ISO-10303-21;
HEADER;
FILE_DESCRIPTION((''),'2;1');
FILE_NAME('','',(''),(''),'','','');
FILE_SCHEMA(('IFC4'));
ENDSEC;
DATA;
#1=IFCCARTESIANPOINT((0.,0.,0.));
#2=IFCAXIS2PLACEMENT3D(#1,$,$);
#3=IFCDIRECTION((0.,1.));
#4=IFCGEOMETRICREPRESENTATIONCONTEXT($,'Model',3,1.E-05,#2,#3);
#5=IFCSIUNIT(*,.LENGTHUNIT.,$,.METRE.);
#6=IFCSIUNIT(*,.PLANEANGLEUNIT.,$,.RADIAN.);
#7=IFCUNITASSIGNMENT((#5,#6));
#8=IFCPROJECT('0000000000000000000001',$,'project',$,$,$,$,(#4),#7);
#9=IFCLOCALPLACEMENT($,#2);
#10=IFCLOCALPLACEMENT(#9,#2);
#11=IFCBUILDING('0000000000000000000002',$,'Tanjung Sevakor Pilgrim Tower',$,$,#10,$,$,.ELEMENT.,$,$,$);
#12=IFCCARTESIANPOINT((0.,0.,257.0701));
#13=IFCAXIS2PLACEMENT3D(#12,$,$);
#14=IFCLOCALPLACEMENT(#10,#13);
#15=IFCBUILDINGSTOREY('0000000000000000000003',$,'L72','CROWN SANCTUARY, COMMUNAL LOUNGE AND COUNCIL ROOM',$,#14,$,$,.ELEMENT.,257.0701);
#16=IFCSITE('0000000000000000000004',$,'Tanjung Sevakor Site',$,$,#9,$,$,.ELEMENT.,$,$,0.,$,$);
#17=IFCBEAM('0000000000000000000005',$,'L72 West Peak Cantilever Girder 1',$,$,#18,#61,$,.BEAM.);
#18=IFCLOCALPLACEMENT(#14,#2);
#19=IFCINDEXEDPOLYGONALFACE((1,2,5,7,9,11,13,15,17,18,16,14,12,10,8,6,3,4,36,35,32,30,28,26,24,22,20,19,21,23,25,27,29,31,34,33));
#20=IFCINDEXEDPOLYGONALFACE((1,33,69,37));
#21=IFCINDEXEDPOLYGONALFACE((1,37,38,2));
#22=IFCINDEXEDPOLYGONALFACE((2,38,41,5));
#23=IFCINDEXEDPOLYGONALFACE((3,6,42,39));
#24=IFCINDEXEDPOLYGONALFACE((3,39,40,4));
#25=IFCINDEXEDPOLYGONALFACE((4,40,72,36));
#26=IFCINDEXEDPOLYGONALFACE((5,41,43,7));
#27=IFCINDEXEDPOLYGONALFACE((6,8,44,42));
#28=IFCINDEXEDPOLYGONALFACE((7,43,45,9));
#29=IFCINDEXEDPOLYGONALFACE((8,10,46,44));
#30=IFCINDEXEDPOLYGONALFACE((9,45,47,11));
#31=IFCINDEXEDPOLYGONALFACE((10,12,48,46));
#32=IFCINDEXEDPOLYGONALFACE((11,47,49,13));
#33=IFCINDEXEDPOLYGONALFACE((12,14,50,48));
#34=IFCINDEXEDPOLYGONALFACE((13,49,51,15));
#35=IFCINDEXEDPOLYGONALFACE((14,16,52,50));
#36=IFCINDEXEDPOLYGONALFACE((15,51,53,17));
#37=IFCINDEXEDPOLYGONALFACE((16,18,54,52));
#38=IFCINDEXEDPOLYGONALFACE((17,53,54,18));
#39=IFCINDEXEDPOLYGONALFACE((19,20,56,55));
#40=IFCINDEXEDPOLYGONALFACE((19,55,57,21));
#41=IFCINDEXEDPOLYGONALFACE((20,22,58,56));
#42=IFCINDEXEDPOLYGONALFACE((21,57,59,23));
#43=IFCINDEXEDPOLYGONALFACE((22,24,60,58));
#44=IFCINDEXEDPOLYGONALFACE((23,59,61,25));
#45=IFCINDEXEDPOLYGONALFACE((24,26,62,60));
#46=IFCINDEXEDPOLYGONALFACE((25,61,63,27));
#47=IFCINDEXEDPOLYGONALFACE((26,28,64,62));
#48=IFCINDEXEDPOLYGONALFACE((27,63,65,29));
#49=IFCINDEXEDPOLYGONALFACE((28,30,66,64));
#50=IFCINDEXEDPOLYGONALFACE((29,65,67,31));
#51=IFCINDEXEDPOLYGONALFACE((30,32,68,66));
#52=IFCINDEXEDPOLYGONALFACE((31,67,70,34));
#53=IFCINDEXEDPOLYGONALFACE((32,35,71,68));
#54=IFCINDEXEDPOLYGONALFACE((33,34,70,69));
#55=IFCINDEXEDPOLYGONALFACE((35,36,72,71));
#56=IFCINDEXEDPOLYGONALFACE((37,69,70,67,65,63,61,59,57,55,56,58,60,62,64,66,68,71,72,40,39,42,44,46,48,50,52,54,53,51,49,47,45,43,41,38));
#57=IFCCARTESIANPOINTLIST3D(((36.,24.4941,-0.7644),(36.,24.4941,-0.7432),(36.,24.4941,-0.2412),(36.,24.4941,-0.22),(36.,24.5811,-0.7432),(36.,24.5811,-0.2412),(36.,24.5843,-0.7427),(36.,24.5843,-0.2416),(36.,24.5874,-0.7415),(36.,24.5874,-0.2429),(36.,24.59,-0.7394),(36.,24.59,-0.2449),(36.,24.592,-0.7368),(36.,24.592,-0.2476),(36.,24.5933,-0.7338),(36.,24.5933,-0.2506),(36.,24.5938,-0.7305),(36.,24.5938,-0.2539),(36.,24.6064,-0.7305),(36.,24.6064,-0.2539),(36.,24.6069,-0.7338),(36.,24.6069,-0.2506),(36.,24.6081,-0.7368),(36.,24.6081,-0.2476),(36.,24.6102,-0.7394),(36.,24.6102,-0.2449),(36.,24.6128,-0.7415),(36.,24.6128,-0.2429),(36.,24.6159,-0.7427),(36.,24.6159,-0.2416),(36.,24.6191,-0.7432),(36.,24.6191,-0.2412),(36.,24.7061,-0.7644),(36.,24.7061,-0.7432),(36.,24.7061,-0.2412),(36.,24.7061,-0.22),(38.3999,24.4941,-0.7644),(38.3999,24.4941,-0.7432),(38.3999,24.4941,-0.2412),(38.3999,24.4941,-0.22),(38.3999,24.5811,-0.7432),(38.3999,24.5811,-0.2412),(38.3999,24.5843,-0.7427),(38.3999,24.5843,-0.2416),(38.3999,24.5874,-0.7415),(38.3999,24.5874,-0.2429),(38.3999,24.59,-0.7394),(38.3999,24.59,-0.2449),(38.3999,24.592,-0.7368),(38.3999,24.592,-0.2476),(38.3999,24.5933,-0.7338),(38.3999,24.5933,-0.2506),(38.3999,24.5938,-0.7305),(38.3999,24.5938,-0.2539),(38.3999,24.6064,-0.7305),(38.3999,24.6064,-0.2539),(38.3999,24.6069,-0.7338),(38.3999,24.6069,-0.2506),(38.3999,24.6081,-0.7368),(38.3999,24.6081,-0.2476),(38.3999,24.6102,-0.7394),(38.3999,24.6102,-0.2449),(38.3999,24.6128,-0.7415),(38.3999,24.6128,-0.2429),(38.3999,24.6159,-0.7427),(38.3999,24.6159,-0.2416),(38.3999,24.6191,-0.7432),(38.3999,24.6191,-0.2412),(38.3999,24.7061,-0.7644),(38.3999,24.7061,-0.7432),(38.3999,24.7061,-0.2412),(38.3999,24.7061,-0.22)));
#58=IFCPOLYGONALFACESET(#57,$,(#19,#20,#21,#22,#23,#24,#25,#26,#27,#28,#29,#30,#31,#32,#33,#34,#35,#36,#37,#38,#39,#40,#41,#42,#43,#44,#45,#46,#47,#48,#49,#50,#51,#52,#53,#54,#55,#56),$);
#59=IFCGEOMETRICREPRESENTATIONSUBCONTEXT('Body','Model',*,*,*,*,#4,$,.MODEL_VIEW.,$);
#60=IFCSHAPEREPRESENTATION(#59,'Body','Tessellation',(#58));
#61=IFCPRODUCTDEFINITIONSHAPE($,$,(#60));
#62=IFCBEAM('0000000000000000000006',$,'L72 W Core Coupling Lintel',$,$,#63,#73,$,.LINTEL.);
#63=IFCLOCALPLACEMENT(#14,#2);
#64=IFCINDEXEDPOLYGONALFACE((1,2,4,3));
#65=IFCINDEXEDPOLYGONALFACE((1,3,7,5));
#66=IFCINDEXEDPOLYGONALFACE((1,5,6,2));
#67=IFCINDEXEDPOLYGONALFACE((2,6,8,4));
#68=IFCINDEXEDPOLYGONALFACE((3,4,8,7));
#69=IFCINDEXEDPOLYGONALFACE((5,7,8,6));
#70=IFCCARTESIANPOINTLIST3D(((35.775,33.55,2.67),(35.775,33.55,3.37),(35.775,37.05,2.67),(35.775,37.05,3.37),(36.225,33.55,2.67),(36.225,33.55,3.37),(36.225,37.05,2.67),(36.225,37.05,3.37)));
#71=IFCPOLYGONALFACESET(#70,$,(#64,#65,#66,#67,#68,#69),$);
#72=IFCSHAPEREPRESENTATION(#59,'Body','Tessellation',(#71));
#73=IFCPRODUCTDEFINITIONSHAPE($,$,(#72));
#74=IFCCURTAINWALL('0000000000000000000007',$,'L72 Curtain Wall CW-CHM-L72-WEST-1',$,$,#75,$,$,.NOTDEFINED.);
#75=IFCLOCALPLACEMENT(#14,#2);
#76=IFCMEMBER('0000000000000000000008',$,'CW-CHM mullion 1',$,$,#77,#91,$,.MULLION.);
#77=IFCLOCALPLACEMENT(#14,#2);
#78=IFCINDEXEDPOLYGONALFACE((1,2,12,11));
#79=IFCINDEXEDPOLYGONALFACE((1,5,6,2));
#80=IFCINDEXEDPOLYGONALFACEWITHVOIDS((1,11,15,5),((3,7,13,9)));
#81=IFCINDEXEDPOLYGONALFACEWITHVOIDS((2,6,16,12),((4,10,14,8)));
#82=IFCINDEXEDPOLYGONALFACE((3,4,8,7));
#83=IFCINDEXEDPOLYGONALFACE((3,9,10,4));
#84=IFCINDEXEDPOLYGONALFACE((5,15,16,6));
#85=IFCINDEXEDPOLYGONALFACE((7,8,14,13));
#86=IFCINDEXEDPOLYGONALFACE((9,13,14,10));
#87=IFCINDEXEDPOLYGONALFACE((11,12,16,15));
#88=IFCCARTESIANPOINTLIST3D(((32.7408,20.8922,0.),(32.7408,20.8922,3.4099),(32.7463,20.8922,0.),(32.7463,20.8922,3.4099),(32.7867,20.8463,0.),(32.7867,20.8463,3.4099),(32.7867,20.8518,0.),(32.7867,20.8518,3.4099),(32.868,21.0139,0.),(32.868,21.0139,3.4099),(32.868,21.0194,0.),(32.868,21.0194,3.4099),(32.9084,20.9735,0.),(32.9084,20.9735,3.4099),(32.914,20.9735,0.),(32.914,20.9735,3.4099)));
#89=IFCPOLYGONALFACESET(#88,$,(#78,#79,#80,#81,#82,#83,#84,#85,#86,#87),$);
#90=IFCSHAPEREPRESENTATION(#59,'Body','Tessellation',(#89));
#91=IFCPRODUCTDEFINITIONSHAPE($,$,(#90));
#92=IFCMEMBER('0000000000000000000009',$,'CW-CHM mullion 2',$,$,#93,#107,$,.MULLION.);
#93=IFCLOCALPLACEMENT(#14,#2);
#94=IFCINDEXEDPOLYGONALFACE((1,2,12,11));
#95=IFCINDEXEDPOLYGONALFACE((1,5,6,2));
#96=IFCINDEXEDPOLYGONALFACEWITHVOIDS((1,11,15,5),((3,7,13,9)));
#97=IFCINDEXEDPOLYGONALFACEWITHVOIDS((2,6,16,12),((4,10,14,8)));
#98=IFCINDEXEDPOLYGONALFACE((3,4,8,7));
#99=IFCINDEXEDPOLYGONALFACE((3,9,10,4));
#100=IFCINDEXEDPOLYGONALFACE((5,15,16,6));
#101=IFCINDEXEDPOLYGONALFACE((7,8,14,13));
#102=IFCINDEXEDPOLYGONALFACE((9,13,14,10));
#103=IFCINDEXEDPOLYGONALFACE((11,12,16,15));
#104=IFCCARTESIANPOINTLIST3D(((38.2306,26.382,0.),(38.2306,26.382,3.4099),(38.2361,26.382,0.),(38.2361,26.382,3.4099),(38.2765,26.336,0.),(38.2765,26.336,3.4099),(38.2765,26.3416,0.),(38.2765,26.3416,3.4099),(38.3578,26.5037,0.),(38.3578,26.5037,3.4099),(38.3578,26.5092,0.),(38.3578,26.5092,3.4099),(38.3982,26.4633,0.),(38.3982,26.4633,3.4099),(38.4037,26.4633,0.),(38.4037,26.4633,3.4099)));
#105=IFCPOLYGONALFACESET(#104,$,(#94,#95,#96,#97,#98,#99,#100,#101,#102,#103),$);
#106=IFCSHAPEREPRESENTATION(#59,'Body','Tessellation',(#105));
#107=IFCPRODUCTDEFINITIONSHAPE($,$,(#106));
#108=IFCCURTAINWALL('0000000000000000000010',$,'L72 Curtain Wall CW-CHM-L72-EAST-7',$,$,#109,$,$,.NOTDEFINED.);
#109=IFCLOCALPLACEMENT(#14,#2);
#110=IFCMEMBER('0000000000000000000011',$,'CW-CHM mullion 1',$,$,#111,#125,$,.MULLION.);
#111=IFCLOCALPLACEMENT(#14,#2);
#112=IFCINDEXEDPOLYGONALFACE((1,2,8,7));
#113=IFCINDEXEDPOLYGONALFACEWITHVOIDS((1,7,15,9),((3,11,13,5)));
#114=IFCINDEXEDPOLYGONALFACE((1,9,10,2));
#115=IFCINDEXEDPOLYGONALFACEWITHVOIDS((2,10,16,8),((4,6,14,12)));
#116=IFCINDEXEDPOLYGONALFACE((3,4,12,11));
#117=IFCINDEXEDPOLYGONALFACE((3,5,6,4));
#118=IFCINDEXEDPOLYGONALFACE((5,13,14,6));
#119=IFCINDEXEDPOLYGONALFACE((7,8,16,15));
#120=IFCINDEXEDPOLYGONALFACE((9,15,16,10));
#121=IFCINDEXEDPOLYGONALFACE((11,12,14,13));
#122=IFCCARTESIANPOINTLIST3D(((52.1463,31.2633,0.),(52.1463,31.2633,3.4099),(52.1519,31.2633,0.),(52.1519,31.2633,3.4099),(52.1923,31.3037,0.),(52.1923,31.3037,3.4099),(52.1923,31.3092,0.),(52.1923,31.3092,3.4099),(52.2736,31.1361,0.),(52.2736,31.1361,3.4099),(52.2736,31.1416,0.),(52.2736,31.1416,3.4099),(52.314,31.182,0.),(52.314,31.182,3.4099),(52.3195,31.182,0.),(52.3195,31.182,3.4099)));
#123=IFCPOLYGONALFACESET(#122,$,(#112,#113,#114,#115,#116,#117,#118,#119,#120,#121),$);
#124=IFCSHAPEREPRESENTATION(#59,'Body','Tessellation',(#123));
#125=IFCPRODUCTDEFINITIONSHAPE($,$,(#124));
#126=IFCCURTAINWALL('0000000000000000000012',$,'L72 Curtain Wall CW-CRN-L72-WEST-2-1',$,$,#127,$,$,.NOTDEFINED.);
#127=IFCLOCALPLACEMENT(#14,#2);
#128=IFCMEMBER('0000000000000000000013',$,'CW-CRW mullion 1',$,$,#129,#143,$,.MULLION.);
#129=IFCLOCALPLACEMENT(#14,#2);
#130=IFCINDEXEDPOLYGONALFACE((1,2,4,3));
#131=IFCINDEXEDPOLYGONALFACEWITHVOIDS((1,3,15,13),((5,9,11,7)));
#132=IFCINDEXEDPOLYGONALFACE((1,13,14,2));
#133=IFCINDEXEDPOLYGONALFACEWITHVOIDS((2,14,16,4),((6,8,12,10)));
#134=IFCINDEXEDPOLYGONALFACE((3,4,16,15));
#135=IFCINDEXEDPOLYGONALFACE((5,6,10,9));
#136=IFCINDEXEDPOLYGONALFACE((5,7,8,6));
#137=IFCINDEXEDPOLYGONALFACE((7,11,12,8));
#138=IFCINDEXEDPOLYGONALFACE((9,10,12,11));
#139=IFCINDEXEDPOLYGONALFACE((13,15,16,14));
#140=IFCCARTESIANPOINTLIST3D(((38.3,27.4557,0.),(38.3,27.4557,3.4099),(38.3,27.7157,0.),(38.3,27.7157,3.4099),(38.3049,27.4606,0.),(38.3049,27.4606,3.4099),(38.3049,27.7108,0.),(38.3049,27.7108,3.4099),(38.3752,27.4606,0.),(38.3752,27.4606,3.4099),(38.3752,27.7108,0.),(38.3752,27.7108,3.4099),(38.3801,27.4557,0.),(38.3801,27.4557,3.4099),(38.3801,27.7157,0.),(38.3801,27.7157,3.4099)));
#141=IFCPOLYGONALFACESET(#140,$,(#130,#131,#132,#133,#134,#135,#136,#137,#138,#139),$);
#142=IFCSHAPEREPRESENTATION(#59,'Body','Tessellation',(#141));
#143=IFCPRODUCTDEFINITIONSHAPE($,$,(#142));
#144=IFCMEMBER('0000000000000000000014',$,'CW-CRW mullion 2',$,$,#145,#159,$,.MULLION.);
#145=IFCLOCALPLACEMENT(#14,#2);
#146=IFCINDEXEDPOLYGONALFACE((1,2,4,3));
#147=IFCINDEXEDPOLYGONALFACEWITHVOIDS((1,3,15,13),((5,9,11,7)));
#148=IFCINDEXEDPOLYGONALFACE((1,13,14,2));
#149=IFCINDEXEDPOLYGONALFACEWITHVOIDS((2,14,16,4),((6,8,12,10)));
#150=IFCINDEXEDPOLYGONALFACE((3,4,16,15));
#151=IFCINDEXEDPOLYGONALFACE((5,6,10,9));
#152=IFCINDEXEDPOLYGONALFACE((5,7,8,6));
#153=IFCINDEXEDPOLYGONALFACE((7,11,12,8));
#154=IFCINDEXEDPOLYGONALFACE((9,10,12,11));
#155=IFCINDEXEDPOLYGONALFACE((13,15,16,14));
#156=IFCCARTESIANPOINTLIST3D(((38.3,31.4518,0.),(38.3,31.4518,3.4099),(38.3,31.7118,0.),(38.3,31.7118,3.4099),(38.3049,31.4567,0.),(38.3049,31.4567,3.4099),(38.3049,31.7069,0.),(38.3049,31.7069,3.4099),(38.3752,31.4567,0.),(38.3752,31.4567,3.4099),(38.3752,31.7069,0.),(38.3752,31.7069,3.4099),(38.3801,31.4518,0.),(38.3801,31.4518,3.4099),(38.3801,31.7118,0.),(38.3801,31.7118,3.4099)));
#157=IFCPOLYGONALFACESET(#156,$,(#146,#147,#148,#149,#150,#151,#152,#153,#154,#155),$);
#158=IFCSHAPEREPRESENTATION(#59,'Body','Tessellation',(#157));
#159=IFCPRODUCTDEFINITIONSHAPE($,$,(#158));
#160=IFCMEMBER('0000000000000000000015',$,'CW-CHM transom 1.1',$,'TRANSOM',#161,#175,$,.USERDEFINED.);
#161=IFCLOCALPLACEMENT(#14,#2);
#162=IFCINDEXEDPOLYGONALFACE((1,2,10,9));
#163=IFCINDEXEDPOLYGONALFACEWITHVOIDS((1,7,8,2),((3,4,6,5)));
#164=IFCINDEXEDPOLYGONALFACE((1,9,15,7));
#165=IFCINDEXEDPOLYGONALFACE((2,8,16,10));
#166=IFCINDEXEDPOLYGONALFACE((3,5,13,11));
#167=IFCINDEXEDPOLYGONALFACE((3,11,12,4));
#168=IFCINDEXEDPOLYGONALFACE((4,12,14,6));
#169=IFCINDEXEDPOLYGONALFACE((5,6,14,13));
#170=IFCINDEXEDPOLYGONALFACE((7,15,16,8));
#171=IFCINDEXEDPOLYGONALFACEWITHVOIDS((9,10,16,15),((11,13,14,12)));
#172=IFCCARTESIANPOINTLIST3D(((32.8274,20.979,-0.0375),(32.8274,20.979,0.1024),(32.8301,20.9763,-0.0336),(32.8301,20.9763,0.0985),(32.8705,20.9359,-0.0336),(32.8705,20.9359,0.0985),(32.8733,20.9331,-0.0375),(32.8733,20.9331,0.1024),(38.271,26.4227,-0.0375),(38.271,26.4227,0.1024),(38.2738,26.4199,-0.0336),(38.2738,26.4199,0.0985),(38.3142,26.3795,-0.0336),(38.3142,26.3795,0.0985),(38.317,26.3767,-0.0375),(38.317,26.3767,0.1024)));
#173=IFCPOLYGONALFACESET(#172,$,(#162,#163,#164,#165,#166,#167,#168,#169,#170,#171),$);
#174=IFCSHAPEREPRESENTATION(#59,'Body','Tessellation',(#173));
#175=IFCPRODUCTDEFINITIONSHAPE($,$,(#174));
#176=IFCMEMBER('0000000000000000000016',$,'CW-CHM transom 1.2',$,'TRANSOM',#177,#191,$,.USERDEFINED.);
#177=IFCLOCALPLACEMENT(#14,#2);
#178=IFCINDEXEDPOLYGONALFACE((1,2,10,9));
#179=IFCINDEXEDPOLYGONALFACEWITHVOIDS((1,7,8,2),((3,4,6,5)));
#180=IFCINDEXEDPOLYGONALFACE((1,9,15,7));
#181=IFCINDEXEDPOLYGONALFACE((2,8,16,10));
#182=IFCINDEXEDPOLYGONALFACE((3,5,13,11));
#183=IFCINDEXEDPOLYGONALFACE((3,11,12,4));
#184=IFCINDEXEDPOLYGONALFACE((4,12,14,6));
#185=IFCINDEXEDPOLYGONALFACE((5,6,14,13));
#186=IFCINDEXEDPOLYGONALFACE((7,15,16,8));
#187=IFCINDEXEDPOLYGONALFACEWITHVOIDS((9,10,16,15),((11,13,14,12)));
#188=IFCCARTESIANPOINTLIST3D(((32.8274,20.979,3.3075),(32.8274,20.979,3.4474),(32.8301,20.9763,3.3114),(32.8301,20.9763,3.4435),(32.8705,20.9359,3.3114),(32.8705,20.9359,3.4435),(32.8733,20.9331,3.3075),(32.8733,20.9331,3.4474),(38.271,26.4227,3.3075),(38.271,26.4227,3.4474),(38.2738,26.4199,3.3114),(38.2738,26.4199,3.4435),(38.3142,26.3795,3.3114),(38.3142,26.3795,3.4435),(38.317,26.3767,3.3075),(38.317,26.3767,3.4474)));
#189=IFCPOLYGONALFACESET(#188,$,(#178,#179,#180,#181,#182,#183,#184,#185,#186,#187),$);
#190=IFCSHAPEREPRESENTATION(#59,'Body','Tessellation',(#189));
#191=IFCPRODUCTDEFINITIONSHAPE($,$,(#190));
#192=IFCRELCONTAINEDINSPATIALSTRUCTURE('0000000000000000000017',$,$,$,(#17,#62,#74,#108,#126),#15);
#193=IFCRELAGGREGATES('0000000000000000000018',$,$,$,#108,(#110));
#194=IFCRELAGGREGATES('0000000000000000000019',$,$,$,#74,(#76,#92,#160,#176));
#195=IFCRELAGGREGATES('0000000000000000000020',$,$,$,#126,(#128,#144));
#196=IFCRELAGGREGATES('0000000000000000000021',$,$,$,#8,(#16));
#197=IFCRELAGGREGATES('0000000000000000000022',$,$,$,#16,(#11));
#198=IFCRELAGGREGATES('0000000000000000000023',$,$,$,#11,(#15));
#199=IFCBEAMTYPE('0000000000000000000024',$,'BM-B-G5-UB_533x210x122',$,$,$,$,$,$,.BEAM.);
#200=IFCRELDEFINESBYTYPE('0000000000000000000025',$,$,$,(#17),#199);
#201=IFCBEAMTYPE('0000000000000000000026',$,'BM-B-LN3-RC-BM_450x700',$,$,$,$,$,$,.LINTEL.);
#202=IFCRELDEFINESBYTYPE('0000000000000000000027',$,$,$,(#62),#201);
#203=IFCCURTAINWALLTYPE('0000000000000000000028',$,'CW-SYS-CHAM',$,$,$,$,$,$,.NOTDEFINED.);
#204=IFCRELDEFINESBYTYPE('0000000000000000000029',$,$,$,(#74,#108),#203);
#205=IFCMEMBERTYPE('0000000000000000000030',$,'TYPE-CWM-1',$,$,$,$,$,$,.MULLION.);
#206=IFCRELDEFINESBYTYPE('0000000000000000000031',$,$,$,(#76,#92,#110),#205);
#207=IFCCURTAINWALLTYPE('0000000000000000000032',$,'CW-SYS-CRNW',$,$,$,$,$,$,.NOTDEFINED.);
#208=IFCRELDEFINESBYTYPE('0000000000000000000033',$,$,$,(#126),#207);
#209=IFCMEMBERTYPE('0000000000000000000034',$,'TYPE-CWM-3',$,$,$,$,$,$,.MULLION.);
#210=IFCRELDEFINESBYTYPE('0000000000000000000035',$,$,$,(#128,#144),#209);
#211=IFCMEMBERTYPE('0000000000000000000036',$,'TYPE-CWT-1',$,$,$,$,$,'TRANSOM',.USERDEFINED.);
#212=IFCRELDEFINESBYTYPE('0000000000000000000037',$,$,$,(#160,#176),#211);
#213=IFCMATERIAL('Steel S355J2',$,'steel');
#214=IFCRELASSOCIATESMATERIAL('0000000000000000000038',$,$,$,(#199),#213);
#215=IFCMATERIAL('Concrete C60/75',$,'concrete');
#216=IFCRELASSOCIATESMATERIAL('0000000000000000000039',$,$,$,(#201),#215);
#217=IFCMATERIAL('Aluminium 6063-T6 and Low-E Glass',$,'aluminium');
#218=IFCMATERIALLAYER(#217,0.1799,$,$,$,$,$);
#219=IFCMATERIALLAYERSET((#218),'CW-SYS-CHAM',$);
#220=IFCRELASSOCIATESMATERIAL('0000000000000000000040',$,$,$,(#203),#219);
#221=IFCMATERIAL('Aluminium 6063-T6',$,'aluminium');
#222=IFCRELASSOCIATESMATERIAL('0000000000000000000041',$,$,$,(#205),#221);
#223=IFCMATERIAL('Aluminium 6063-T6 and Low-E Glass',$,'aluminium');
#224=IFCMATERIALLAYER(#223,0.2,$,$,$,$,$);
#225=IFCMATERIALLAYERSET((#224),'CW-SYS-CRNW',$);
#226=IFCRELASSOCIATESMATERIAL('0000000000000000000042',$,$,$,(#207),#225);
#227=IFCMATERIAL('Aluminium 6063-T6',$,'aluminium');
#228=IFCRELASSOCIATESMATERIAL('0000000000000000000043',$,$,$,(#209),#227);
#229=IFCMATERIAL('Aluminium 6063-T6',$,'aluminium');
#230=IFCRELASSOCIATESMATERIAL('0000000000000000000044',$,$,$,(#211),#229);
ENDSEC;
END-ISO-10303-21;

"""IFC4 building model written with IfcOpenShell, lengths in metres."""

from ifc_helpers import new_model, si_unit, direction, frame, origin, origin_2d, place, context, subcontext, project, spatial, rectangle, hollow_rectangle, i_section, extrude, material, layer, layer_set, material_profile, profile_set, type_object, element, aggregate, save


model = new_model("IFC4")

# Units and contexts
model_context = context("Model", 3, precision=1e-05, world=origin(), true_north=direction((0.0, 1.0)))
body_context = subcontext(model_context, "Body", "Model", "MODEL_VIEW")
ifc_project = project(units=[si_unit("LENGTHUNIT", "METRE"), si_unit("PLANEANGLEUNIT", "RADIAN")], contexts=[model_context])

# Site, building, storey
site_placement = place(None, origin())
site = spatial("IfcSite", under=ifc_project, at=site_placement, Name="Tanjung Sevakor Site", CompositionType="ELEMENT", RefElevation=0.0)
building_placement = place(site_placement, origin())
building = spatial("IfcBuilding", under=site, at=building_placement, Name="Tanjung Sevakor Pilgrim Tower", CompositionType="ELEMENT")
storey_placement = place(building_placement, frame((0.0, 0.0, 257.0701)))
storey = spatial("IfcBuildingStorey", under=building, at=storey_placement, Name="L72", Description="CROWN SANCTUARY, COMMUNAL LOUNGE AND COUNCIL ROOM", CompositionType="ELEMENT", Elevation=257.0701)

# Beams
ifc_material_1 = material(Name="Steel S355J2", Category="steel")
ifc_material_profile_1 = material_profile(ifc_material_1, i_section(OverallWidth=0.2119, OverallDepth=0.5444, WebThickness=0.0127, FlangeThickness=0.0212, FilletRadius=0.0127, at=origin_2d()))
ifc_profile_set_1 = profile_set([ifc_material_profile_1], Name="Steel S355J2")
beam_type_1 = type_object("IfcBeamType", Name="BM-B-G5-UB_533x210x122", PredefinedType="BEAM", material=ifc_profile_set_1)
beam_1_placement = place(storey_placement, frame((36.0, 24.6001, -0.4922), z_axis=(1.0, 0.0, 0.0), x_axis=(0.0, 1.0, 0.0)))
element("IfcBeam", 1, at=beam_1_placement, inside=storey, type_object=beam_type_1, Name="L72 West Peak Cantilever Girder 1", PredefinedType="BEAM", context=body_context, shape_type="SweptSolid", body=[
    extrude(i_section(OverallWidth=0.2119, OverallDepth=0.5444, WebThickness=0.0127, FlangeThickness=0.0212, FilletRadius=0.0127, at=origin_2d()), origin(), (0.0, 0.0, 1.0), 2.3999),
])
ifc_material_2 = material(Name="Concrete C60/75", Category="concrete")
ifc_material_profile_2 = material_profile(ifc_material_2, rectangle(XDim=0.45, YDim=0.7, at=origin_2d()))
ifc_profile_set_2 = profile_set([ifc_material_profile_2], Name="Concrete C60/75")
beam_type_2 = type_object("IfcBeamType", Name="BM-B-LN3-RC-BM_450x700", PredefinedType="LINTEL", material=ifc_profile_set_2)
beam_2_placement = place(storey_placement, frame((36.0, 33.55, 3.02), z_axis=(0.0, 1.0, 0.0), x_axis=(-1.0, 0.0, 0.0)))
element("IfcBeam", 2, at=beam_2_placement, inside=storey, type_object=beam_type_2, Name="L72 W Core Coupling Lintel", PredefinedType="LINTEL", context=body_context, shape_type="SweptSolid", body=[
    extrude(rectangle(XDim=0.45, YDim=0.7, at=origin_2d()), origin(), (0.0, 0.0, 1.0), 3.5),
])

# Curtain wall, members
ifc_material_3 = material(Name="Aluminium 6063-T6 and Low-E Glass", Category="aluminium")
ifc_layer_1 = layer(ifc_material_3, 0.1799)
ifc_layer_set_1 = layer_set([ifc_layer_1], Name="CW-SYS-CHAM")
curtain_wall_type_1 = type_object("IfcCurtainWallType", Name="CW-SYS-CHAM", PredefinedType="NOTDEFINED", material=ifc_layer_set_1)
curtain_wall_1_placement = place(storey_placement, origin())
curtain_wall_1 = element("IfcCurtainWall", 3, at=curtain_wall_1_placement, inside=storey, type_object=curtain_wall_type_1, Name="L72 Curtain Wall CW-CHM-L72-WEST-1", PredefinedType="NOTDEFINED")
ifc_material_4 = material(Name="Aluminium 6063-T6", Category="aluminium")
ifc_material_profile_3 = material_profile(ifc_material_4, hollow_rectangle(XDim=0.0649, YDim=0.1799, WallThickness=0.0039, at=origin_2d()))
ifc_profile_set_3 = profile_set([ifc_material_profile_3], Name="Aluminium 6063-T6")
member_type_1 = type_object("IfcMemberType", Name="TYPE-CWM-1", PredefinedType="MULLION", material=ifc_profile_set_3)
member_1_placement = place(storey_placement, frame((32.8274, 20.9329, 0.0), z_axis=(0.0, 0.0, 1.0), x_axis=(-0.707107, 0.707107, 0.0)))
member_1 = element("IfcMember", 4, at=member_1_placement, type_object=member_type_1, Name="CW-CHM mullion 1", PredefinedType="MULLION", context=body_context, shape_type="SweptSolid", body=[
    extrude(hollow_rectangle(XDim=0.0649, YDim=0.1799, WallThickness=0.0039, at=origin_2d()), origin(), (0.0, 0.0, 1.0), 3.4099),
])
member_2_placement = place(storey_placement, frame((38.3171, 26.4226, 0.0), z_axis=(0.0, 0.0, 1.0), x_axis=(-0.707107, 0.707107, 0.0)))
member_2 = element("IfcMember", 5, at=member_2_placement, type_object=member_type_1, Name="CW-CHM mullion 2", PredefinedType="MULLION", context=body_context, shape_type="SweptSolid", body=[
    extrude(hollow_rectangle(XDim=0.0649, YDim=0.1799, WallThickness=0.0039, at=origin_2d()), origin(), (0.0, 0.0, 1.0), 3.4099),
])

# Curtain wall, member
curtain_wall_2_placement = place(storey_placement, origin())
curtain_wall_2 = element("IfcCurtainWall", 6, at=curtain_wall_2_placement, inside=storey, type_object=curtain_wall_type_1, Name="L72 Curtain Wall CW-CHM-L72-EAST-7", PredefinedType="NOTDEFINED")
member_3_placement = place(storey_placement, frame((52.2329, 31.2227, 0.0), z_axis=(0.0, 0.0, 1.0), x_axis=(0.707107, 0.707107, 0.0)))
member_3 = element("IfcMember", 7, at=member_3_placement, type_object=member_type_1, Name="CW-CHM mullion 1", PredefinedType="MULLION", context=body_context, shape_type="SweptSolid", body=[
    extrude(hollow_rectangle(XDim=0.0649, YDim=0.1799, WallThickness=0.0039, at=origin_2d()), origin(), (0.0, 0.0, 1.0), 3.4099),
])

# Curtain wall, members
ifc_material_5 = material(Name="Aluminium 6063-T6 and Low-E Glass", Category="aluminium")
ifc_layer_2 = layer(ifc_material_5, 0.2)
ifc_layer_set_2 = layer_set([ifc_layer_2], Name="CW-SYS-CRNW")
curtain_wall_type_2 = type_object("IfcCurtainWallType", Name="CW-SYS-CRNW", PredefinedType="NOTDEFINED", material=ifc_layer_set_2)
curtain_wall_3_placement = place(storey_placement, origin())
curtain_wall_3 = element("IfcCurtainWall", 8, at=curtain_wall_3_placement, inside=storey, type_object=curtain_wall_type_2, Name="L72 Curtain Wall CW-CRN-L72-WEST-2-1", PredefinedType="NOTDEFINED")
ifc_material_6 = material(Name="Aluminium 6063-T6", Category="aluminium")
ifc_material_profile_4 = material_profile(ifc_material_6, hollow_rectangle(XDim=0.0801, YDim=0.26, WallThickness=0.0049, at=origin_2d()))
ifc_profile_set_4 = profile_set([ifc_material_profile_4], Name="Aluminium 6063-T6")
member_type_2 = type_object("IfcMemberType", Name="TYPE-CWM-3", PredefinedType="MULLION", material=ifc_profile_set_4)
member_4_placement = place(storey_placement, frame((38.3401, 27.5857, 0.0), z_axis=(0.0, 0.0, 1.0), x_axis=(-1.0, 0.0, 0.0)))
member_4 = element("IfcMember", 9, at=member_4_placement, type_object=member_type_2, Name="CW-CRW mullion 1", PredefinedType="MULLION", context=body_context, shape_type="SweptSolid", body=[
    extrude(hollow_rectangle(XDim=0.0801, YDim=0.26, WallThickness=0.0049, at=origin_2d()), origin(), (0.0, 0.0, 1.0), 3.4099),
])
member_5_placement = place(storey_placement, frame((38.3401, 31.5818, 0.0), z_axis=(0.0, 0.0, 1.0), x_axis=(-1.0, 0.0, 0.0)))
member_5 = element("IfcMember", 10, at=member_5_placement, type_object=member_type_2, Name="CW-CRW mullion 2", PredefinedType="MULLION", context=body_context, shape_type="SweptSolid", body=[
    extrude(hollow_rectangle(XDim=0.0801, YDim=0.26, WallThickness=0.0049, at=origin_2d()), origin(), (0.0, 0.0, 1.0), 3.4099),
])

# Members
ifc_material_7 = material(Name="Aluminium 6063-T6", Category="aluminium")
ifc_material_profile_5 = material_profile(ifc_material_7, hollow_rectangle(XDim=0.0649, YDim=0.1399, WallThickness=0.0039, at=origin_2d()))
ifc_profile_set_5 = profile_set([ifc_material_profile_5], Name="Aluminium 6063-T6")
member_type_3 = type_object("IfcMemberType", Name="TYPE-CWT-1", ElementType="TRANSOM", PredefinedType="USERDEFINED", material=ifc_profile_set_5)
member_6_placement = place(storey_placement, frame((32.8503, 20.9561, 0.0325), z_axis=(0.707107, 0.707107, 0.0), x_axis=(-0.707107, 0.707107, 0.0)))
member_6 = element("IfcMember", 11, at=member_6_placement, type_object=member_type_3, Name="CW-CHM transom 1.1", ObjectType="TRANSOM", PredefinedType="USERDEFINED", context=body_context, shape_type="SweptSolid", body=[
    extrude(hollow_rectangle(XDim=0.0649, YDim=0.1399, WallThickness=0.0039, at=origin_2d()), origin(), (0.0, 0.0, 1.0), 7.6985),
])
member_7_placement = place(storey_placement, frame((32.8503, 20.9561, 3.3774), z_axis=(0.707107, 0.707107, 0.0), x_axis=(-0.707107, 0.707107, 0.0)))
member_7 = element("IfcMember", 12, at=member_7_placement, type_object=member_type_3, Name="CW-CHM transom 1.2", ObjectType="TRANSOM", PredefinedType="USERDEFINED", context=body_context, shape_type="SweptSolid", body=[
    extrude(hollow_rectangle(XDim=0.0649, YDim=0.1399, WallThickness=0.0039, at=origin_2d()), origin(), (0.0, 0.0, 1.0), 7.6985),
])
aggregate(curtain_wall_2, [member_3])

aggregate(curtain_wall_1, [member_1, member_2, member_6, member_7])
aggregate(curtain_wall_3, [member_4, member_5])

save(model, "model.ifc")
